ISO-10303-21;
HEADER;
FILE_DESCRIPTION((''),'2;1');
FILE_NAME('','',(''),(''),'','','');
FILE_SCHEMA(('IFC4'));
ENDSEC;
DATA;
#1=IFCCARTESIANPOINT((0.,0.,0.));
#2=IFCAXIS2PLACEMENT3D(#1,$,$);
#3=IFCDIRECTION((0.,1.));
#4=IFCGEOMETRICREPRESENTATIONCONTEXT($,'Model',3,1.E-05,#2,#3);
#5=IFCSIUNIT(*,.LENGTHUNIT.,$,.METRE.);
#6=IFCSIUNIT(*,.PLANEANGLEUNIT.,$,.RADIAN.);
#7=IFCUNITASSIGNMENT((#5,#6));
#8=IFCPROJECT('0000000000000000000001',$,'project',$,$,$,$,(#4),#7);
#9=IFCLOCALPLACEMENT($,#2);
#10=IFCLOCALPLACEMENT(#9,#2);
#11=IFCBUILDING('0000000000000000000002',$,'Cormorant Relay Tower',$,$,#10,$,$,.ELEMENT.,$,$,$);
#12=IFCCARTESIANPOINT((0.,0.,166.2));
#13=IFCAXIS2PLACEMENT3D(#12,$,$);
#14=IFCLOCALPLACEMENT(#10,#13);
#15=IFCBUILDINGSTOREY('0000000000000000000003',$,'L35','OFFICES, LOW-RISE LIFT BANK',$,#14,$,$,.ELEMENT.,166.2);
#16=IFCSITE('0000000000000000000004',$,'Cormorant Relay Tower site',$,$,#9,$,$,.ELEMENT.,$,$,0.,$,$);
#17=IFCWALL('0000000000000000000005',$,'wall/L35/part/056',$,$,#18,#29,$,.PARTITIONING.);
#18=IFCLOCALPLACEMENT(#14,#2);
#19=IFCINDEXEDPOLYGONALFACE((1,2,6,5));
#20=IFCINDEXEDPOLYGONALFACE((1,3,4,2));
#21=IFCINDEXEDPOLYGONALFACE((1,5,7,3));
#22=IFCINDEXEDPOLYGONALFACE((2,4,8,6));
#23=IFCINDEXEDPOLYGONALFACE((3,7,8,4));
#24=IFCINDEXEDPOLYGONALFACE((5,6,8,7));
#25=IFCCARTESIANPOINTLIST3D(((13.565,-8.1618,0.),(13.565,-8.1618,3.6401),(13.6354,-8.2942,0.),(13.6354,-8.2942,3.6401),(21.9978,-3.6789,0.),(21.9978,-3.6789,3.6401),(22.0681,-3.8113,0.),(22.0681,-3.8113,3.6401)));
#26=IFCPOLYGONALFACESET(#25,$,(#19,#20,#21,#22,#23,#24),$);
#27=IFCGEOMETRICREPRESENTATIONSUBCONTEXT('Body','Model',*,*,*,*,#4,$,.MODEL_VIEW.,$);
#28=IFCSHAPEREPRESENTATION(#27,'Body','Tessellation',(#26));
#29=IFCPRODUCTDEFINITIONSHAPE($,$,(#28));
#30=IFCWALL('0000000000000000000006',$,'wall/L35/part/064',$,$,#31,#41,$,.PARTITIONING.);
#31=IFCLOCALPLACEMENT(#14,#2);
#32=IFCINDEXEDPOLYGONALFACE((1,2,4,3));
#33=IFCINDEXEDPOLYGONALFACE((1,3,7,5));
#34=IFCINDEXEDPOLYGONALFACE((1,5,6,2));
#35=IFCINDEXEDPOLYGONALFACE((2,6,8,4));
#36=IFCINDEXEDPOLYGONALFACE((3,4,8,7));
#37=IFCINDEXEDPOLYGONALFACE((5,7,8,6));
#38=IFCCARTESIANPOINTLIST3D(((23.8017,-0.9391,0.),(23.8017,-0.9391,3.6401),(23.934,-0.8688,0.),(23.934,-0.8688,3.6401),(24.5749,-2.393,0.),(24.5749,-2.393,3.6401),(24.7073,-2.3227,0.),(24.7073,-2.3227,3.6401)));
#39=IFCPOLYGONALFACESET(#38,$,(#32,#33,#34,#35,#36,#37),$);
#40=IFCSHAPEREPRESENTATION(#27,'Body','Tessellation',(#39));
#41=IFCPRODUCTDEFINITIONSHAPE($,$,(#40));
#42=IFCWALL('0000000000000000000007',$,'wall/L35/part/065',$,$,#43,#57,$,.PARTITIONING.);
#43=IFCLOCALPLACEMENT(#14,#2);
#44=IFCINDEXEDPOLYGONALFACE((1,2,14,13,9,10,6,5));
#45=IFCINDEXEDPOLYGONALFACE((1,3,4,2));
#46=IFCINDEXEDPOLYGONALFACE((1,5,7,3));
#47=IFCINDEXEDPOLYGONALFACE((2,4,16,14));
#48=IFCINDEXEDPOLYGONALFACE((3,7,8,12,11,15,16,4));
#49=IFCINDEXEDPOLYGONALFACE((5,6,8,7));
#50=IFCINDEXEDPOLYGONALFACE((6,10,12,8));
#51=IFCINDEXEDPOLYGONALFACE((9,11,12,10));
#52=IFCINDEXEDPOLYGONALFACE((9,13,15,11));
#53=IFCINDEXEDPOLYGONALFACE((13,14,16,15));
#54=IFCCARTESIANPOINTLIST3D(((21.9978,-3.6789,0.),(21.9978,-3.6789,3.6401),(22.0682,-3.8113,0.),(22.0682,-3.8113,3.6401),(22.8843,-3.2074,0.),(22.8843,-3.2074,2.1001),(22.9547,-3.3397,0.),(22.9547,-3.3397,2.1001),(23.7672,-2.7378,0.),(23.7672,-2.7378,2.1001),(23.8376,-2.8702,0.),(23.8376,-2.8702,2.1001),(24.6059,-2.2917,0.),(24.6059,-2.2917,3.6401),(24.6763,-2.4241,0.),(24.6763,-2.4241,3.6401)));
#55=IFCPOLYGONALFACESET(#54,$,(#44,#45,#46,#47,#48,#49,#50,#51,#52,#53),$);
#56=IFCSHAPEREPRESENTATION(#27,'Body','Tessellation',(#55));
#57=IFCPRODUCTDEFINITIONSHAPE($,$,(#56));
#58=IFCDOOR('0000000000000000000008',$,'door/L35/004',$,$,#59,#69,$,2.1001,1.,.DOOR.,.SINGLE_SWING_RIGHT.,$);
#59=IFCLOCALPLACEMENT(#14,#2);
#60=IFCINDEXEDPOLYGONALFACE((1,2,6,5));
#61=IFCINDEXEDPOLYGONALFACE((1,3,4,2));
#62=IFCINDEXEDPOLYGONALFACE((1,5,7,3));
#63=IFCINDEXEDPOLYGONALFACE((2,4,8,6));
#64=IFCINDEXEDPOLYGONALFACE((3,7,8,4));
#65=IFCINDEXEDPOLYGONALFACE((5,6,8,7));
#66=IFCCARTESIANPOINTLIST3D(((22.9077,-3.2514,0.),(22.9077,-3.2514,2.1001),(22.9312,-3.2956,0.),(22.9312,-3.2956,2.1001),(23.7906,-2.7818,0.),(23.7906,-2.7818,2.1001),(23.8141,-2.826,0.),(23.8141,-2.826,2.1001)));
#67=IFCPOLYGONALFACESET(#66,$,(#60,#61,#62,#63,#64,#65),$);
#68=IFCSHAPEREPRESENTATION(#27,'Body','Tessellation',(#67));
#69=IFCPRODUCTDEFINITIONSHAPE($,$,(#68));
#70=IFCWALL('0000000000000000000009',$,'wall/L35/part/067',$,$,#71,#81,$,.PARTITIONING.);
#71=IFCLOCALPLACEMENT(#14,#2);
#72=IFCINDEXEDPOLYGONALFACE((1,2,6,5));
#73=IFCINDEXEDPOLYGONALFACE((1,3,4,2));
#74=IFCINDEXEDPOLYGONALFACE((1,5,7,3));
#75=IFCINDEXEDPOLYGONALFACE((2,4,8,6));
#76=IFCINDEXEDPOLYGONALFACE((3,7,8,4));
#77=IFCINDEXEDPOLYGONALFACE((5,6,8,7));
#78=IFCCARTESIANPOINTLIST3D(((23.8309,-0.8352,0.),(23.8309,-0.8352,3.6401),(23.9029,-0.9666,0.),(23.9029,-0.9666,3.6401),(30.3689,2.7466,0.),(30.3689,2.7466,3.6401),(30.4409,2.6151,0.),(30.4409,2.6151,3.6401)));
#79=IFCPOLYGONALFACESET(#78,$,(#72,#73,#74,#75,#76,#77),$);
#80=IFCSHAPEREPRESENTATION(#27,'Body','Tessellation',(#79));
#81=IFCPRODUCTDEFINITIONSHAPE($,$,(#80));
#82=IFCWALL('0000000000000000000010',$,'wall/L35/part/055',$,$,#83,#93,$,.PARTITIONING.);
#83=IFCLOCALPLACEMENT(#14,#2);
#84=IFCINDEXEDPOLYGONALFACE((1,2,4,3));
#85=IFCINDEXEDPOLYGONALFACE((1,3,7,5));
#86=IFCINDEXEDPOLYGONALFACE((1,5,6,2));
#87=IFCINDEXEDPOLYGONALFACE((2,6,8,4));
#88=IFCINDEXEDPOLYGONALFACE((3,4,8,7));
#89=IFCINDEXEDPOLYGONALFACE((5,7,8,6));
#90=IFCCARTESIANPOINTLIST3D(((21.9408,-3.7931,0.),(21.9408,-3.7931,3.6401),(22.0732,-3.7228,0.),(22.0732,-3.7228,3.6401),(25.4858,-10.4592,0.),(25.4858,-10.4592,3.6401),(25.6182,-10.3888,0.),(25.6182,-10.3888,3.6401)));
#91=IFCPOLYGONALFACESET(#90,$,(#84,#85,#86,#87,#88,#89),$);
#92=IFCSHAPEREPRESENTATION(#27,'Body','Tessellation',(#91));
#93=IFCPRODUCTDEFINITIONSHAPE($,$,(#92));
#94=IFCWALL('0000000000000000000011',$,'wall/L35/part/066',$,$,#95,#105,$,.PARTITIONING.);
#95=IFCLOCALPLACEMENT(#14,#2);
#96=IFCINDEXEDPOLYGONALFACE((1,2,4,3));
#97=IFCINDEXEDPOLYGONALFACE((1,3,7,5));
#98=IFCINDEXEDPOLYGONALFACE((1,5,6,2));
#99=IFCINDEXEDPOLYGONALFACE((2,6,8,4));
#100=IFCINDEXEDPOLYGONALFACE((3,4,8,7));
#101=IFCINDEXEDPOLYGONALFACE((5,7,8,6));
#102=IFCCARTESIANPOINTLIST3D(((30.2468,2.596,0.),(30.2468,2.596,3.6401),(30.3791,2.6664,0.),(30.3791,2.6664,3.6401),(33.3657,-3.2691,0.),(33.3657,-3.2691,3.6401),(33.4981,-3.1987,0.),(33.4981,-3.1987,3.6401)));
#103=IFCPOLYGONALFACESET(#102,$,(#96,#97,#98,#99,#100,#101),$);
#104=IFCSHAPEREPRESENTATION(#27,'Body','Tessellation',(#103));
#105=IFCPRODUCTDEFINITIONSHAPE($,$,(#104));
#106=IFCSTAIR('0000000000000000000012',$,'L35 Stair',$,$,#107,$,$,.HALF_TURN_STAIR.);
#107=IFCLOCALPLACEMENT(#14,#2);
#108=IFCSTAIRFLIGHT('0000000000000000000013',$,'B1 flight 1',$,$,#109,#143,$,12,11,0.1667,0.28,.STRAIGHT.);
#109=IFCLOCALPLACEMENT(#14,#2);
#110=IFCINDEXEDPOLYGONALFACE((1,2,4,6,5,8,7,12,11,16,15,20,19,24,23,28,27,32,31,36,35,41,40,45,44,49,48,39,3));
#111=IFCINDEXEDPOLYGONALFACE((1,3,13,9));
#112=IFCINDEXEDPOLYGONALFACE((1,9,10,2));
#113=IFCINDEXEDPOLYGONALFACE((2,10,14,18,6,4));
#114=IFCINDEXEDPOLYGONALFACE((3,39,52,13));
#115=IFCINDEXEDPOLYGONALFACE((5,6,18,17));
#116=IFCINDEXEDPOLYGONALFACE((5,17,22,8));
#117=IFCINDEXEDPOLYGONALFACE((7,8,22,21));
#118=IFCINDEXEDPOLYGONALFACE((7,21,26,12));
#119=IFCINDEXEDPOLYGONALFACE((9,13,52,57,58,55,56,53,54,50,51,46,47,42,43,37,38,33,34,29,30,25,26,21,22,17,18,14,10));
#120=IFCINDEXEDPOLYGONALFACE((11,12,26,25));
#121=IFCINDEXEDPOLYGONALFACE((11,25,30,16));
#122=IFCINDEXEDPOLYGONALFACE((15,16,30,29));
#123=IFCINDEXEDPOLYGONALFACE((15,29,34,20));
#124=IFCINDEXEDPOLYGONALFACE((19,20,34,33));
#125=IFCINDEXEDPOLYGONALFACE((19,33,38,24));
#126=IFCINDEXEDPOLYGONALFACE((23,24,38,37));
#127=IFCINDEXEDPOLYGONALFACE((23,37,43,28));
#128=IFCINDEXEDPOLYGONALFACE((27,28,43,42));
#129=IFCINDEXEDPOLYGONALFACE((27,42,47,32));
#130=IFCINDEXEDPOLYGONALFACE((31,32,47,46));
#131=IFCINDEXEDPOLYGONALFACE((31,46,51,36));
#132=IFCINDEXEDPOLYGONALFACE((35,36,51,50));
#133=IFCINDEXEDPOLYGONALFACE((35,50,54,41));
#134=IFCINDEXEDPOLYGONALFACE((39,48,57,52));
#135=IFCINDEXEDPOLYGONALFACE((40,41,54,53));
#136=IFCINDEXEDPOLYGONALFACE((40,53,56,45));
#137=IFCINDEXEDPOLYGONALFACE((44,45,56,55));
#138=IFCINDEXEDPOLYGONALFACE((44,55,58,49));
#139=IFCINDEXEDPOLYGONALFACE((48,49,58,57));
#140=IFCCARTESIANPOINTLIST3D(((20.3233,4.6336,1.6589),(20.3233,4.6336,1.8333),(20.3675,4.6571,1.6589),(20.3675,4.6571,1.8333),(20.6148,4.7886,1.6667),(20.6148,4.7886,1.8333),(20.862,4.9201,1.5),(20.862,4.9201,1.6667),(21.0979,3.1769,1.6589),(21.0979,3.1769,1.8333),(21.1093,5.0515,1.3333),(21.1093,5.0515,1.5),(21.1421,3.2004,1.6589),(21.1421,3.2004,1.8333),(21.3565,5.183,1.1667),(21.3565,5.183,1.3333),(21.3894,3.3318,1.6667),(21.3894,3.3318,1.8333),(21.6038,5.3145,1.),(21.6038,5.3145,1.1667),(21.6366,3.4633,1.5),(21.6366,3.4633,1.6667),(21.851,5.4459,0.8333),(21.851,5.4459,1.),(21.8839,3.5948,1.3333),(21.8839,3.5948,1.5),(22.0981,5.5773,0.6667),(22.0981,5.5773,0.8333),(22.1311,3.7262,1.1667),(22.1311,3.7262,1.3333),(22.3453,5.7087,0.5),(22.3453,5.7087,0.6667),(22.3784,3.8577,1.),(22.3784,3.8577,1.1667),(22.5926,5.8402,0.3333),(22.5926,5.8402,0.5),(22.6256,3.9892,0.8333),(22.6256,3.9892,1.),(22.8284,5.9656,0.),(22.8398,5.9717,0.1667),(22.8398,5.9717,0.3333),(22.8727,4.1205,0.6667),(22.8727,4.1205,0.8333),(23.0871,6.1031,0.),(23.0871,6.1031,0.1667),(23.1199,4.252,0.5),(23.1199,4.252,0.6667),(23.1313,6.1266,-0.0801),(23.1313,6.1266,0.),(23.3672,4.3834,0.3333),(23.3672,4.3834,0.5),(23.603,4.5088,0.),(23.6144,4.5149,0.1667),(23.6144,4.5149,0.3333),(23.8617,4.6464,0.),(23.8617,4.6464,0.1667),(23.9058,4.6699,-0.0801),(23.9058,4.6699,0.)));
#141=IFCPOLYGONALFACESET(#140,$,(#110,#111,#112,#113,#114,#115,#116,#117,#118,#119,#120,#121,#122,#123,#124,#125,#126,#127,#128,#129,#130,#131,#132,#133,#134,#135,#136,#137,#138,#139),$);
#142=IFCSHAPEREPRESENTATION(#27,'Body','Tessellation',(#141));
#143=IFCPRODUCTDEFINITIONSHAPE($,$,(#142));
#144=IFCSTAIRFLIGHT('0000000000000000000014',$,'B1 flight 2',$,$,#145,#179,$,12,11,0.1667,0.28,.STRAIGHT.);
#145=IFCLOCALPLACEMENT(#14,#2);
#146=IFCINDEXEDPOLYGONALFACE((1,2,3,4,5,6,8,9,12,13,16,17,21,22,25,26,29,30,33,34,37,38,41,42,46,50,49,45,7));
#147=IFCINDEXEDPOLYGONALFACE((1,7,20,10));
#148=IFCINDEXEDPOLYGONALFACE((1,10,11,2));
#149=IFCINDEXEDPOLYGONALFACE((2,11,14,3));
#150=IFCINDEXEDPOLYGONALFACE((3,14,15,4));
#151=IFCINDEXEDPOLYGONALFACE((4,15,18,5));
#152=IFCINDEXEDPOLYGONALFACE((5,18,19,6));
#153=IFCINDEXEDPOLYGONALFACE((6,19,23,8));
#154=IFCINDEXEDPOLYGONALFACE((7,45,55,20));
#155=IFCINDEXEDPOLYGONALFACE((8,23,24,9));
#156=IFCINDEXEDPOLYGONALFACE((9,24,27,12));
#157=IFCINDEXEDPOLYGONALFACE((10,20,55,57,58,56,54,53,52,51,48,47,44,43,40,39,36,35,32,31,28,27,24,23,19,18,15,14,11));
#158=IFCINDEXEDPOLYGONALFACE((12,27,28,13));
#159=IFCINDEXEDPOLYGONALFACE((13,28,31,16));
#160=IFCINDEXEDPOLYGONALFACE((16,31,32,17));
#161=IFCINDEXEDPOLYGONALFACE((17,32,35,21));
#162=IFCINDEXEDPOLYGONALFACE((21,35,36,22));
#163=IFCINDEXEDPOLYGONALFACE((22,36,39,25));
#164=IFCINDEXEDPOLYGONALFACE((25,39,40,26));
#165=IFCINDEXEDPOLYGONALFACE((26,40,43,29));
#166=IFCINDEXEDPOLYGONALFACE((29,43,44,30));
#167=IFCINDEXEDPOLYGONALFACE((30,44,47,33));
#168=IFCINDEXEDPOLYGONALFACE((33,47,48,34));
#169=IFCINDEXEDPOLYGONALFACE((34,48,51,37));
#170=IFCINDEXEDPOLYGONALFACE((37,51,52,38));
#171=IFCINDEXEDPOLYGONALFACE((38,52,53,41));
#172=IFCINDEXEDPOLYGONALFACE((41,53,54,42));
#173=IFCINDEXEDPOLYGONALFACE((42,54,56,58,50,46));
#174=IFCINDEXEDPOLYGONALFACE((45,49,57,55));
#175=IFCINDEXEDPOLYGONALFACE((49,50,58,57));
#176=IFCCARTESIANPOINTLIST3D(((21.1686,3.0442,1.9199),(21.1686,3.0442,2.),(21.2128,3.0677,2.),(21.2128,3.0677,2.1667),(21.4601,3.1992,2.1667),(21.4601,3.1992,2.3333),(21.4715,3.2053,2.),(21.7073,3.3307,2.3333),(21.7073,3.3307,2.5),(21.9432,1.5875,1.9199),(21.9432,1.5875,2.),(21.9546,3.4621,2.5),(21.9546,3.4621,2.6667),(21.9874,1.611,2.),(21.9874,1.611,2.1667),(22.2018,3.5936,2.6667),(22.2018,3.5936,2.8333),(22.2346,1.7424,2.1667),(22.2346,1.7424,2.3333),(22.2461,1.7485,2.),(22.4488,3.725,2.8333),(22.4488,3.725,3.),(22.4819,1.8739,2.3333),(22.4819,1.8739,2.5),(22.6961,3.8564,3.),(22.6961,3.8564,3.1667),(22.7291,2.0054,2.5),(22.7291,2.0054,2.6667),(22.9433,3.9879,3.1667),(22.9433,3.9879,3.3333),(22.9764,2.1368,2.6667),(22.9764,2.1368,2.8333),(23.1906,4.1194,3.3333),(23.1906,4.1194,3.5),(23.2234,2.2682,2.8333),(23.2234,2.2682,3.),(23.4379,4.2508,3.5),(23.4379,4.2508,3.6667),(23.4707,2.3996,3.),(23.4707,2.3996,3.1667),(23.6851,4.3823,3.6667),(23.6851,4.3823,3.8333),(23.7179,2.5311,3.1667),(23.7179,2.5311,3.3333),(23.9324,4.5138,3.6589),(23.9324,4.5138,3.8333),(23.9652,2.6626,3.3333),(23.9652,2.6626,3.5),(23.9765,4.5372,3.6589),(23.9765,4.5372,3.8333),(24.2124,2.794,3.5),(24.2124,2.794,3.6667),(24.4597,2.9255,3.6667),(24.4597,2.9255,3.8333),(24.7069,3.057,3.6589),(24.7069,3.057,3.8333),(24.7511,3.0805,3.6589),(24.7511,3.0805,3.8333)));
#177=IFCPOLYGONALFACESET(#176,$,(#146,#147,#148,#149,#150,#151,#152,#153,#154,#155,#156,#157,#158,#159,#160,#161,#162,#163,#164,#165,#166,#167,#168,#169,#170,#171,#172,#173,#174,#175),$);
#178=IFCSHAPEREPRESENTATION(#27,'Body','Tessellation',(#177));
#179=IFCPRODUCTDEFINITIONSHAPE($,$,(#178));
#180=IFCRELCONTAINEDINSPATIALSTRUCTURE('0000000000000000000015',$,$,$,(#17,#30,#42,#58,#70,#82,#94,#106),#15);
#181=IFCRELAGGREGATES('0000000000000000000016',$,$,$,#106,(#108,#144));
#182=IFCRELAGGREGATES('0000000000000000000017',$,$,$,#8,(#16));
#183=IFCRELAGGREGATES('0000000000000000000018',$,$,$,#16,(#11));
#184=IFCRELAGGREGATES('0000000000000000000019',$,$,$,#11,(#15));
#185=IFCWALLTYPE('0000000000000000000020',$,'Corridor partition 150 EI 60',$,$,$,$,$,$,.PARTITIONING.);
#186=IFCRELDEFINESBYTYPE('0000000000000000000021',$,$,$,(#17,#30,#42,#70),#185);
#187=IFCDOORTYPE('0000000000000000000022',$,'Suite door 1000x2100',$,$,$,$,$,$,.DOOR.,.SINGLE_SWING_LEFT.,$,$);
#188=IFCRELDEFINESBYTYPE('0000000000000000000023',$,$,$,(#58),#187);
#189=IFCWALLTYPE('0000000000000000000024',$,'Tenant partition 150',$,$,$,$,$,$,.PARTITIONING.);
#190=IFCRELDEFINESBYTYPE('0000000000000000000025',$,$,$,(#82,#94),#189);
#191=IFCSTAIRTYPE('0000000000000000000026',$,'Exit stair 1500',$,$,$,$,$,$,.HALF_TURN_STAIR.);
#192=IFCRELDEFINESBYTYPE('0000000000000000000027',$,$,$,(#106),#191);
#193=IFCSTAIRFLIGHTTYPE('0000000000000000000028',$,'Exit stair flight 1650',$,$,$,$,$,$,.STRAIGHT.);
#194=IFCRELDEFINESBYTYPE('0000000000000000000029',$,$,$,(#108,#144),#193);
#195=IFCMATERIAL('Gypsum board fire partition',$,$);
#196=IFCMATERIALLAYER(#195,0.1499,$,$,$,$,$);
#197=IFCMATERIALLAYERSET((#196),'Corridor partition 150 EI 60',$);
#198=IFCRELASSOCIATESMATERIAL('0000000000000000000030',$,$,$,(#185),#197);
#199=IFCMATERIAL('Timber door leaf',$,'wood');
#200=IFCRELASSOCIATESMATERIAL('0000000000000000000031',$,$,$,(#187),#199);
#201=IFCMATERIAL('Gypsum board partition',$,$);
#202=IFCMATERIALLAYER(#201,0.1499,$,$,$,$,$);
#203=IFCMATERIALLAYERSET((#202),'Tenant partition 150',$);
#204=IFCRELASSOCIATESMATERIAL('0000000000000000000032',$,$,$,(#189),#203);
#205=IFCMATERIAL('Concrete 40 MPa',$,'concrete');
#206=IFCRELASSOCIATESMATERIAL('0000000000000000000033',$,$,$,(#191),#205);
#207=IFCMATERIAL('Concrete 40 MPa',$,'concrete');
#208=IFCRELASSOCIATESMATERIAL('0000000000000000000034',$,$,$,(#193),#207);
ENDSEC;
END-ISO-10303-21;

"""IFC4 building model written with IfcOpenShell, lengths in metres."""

from ifc_helpers import new_model, si_unit, direction, frame, frame_2d, origin, place, context, subcontext, project, spatial, polyline, rectangle, outline, extrude, material, layer, layer_set, type_object, element, fill, aggregate, save


model = new_model("IFC4")

# Units and contexts
model_context = context("Model", 3, precision=1e-05, world=origin(), true_north=direction((0.0, 1.0)))
body_context = subcontext(model_context, "Body", "Model", "MODEL_VIEW")
ifc_project = project(units=[si_unit("LENGTHUNIT", "METRE"), si_unit("PLANEANGLEUNIT", "RADIAN")], contexts=[model_context])

# Site, building, storey
site_placement = place(None, origin())
site = spatial("IfcSite", under=ifc_project, at=site_placement, Name="Cormorant Relay Tower site", CompositionType="ELEMENT", RefElevation=0.0)
building_placement = place(site_placement, origin())
building = spatial("IfcBuilding", under=site, at=building_placement, Name="Cormorant Relay Tower", CompositionType="ELEMENT")
storey_placement = place(building_placement, frame((0.0, 0.0, 166.2)))
storey = spatial("IfcBuildingStorey", under=building, at=storey_placement, Name="L35", Description="OFFICES, LOW-RISE LIFT BANK", CompositionType="ELEMENT", Elevation=166.2)

# Walls
ifc_material_1 = material(Name="Gypsum board fire partition")
ifc_layer_1 = layer(ifc_material_1, 0.1499)
ifc_layer_set_1 = layer_set([ifc_layer_1], Name="Corridor partition 150 EI 60")
wall_type_1 = type_object("IfcWallType", Name="Corridor partition 150 EI 60", PredefinedType="PARTITIONING", material=ifc_layer_set_1)
wall_1_placement = place(storey_placement, frame((22.033, -3.7451, 0.0), z_axis=(0.0, 0.0, 1.0), x_axis=(-0.882988, -0.469396, 0.0)))
element("IfcWall", 1, at=wall_1_placement, inside=storey, type_object=wall_type_1, Name="wall/L35/part/056", PredefinedType="PARTITIONING", context=body_context, shape_type="SweptSolid", body=[
    extrude(rectangle(XDim=9.5503, YDim=0.1499, at=frame_2d((4.7751, 0.0))), origin(), (0.0, 0.0, 1.0), 3.6401),
])
wall_2_placement = place(storey_placement, frame((23.8679, -0.9041, 0.0), z_axis=(0.0, 0.0, 1.0), x_axis=(0.469549, -0.882906, 0.0)))
element("IfcWall", 2, at=wall_2_placement, inside=storey, type_object=wall_type_1, Name="wall/L35/part/064", PredefinedType="PARTITIONING", context=body_context, shape_type="SweptSolid", body=[
    extrude(rectangle(XDim=1.6467, YDim=0.1499, at=frame_2d((0.8232, 0.0))), origin(), (0.0, 0.0, 1.0), 3.6401),
])

# Wall, opening, door
wall_3_placement = place(storey_placement, frame((24.6411, -2.3579, 0.0), z_axis=(0.0, 0.0, 1.0), x_axis=(-0.882888, -0.469584, 0.0)))
wall_3 = element("IfcWall", 3, at=wall_3_placement, inside=storey, type_object=wall_type_1, Name="wall/L35/part/065", PredefinedType="PARTITIONING", context=body_context, shape_type="SweptSolid", body=[
    extrude(rectangle(XDim=2.9541, YDim=0.1499, at=frame_2d((1.4771, 0.0))), origin(), (0.0, 0.0, 1.0), 3.6401),
])
opening_1_placement = place(wall_3_placement, frame((0.95, 0.0, 0.0)))
opening_1 = element("IfcOpeningElement", 4, at=opening_1_placement, cuts=wall_3, PredefinedType="OPENING", context=body_context, shape_type="SweptSolid", body=[
    extrude(rectangle(XDim=1.0, YDim=2.1001, at=frame_2d((0.5, 1.05))), frame((0.0, 0.085, 0.0), z_axis=(0.0, -1.0, 0.0), x_axis=(1.0, 0.0, 0.0)), (0.0, 0.0, 1.0), 0.1699),
])
ifc_material_2 = material(Name="Timber door leaf", Category="wood")
door_type_1 = type_object("IfcDoorType", Name="Suite door 1000x2100", OperationType="SINGLE_SWING_LEFT", PredefinedType="DOOR", material=ifc_material_2)
door_1_placement = place(opening_1_placement, origin())
door_1 = element("IfcDoor", 5, at=door_1_placement, inside=storey, type_object=door_type_1, Name="door/L35/004", OperationType="SINGLE_SWING_RIGHT", OverallHeight=2.1001, OverallWidth=1.0, PredefinedType="DOOR", context=body_context, shape_type="SweptSolid", body=[
    extrude(rectangle(XDim=1.0, YDim=2.1001, at=frame_2d((0.5, 1.05))), frame((0.0, 0.0249, 0.0), z_axis=(0.0, -1.0, 0.0), x_axis=(1.0, 0.0, 0.0)), (0.0, 0.0, 1.0), 0.05),
])
fill(opening_1, door_1)

# Walls
wall_4_placement = place(storey_placement, frame((30.405, 2.6809, 0.0), z_axis=(0.0, 0.0, 1.0), x_axis=(-0.877017, -0.48046, 0.0)))
element("IfcWall", 6, at=wall_4_placement, inside=storey, type_object=wall_type_1, Name="wall/L35/part/067", PredefinedType="PARTITIONING", context=body_context, shape_type="SweptSolid", body=[
    extrude(rectangle(XDim=7.4548, YDim=0.1499, at=frame_2d((3.7275, 0.0))), origin(), (0.0, 0.0, 1.0), 3.6401),
])
ifc_material_3 = material(Name="Gypsum board partition")
ifc_layer_2 = layer(ifc_material_3, 0.1499)
ifc_layer_set_2 = layer_set([ifc_layer_2], Name="Tenant partition 150")
wall_type_2 = type_object("IfcWallType", Name="Tenant partition 150", PredefinedType="PARTITIONING", material=ifc_layer_set_2)
wall_5_placement = place(storey_placement, frame((22.0071, -3.7581, 0.0), z_axis=(0.0, 0.0, 1.0), x_axis=(0.469527, -0.882918, 0.0)))
element("IfcWall", 7, at=wall_5_placement, inside=storey, type_object=wall_type_2, Name="wall/L35/part/055", PredefinedType="PARTITIONING", context=body_context, shape_type="SweptSolid", body=[
    extrude(rectangle(XDim=7.55, YDim=0.1499, at=frame_2d((3.7749, 0.0))), origin(), (0.0, 0.0, 1.0), 3.6401),
])
wall_6_placement = place(storey_placement, frame((30.313, 2.6311, 0.0), z_axis=(0.0, 0.0, 1.0), x_axis=(0.469522, -0.882921, 0.0)))
element("IfcWall", 8, at=wall_6_placement, inside=storey, type_object=wall_type_2, Name="wall/L35/part/066", PredefinedType="PARTITIONING", context=body_context, shape_type="SweptSolid", body=[
    extrude(rectangle(XDim=6.6428, YDim=0.1499, at=frame_2d((3.3213, 0.0))), origin(), (0.0, 0.0, 1.0), 3.6401),
])

# Stair, stair flights
ifc_material_4 = material(Name="Concrete 40 MPa", Category="concrete")
stair_type = type_object("IfcStairType", Name="Exit stair 1500", PredefinedType="HALF_TURN_STAIR", material=ifc_material_4)
stair_placement = place(storey_placement, origin())
stair = element("IfcStair", 9, at=stair_placement, inside=storey, type_object=stair_type, Name="L35 Stair", PredefinedType="HALF_TURN_STAIR")
ifc_material_5 = material(Name="Concrete 40 MPa", Category="concrete")
stair_flight_type = type_object("IfcStairFlightType", Name="Exit stair flight 1650", PredefinedType="STRAIGHT", material=ifc_material_5)
stair_flight_1_placement = place(storey_placement, frame((23.4744, 5.3748, 0.0), z_axis=(0.0, 0.0, 1.0), x_axis=(-0.882948, -0.469472, 0.0)))
stair_flight_1 = element("IfcStairFlight", 10, at=stair_flight_1_placement, type_object=stair_flight_type, Name="B1 flight 1", NumberOfRisers=12, NumberOfTreads=11, PredefinedType="STRAIGHT", RiserHeight=0.1667, TreadLength=0.28, context=body_context, shape_type="SweptSolid", body=[
    extrude(outline(polyline([(-0.05, -0.0801), (-0.05, 0.0), (0.0, 0.0), (0.0, 0.1667), (0.28, 0.1667), (0.28, 0.3333), (0.5601, 0.3333), (0.5601, 0.5), (0.8401, 0.5), (0.8401, 0.6667), (1.1201, 0.6667), (1.1201, 0.8333), (1.3999, 0.8333), (1.3999, 1.0), (1.6799, 1.0), (1.6799, 1.1667), (1.96, 1.1667), (1.96, 1.3333), (2.24, 1.3333), (2.24, 1.5), (2.52, 1.5), (2.52, 1.6667), (2.8, 1.6667), (2.8, 1.8333), (3.0801, 1.8333), (3.1301, 1.8333), (3.1301, 1.6589), (3.0801, 1.6589), (0.293, 0.0), (-0.05, -0.0801)])), frame((0.0, 0.825, 0.0), z_axis=(0.0, -1.0, 0.0), x_axis=(1.0, 0.0, 0.0)), (0.0, 0.0, 1.0), 1.6499),
])
stair_flight_2_placement = place(storey_placement, frame((21.6001, 2.3394, 2.0), z_axis=(0.0, 0.0, 1.0), x_axis=(0.882948, 0.469472, 0.0)))
stair_flight_2 = element("IfcStairFlight", 11, at=stair_flight_2_placement, type_object=stair_flight_type, Name="B1 flight 2", NumberOfRisers=12, NumberOfTreads=11, PredefinedType="STRAIGHT", RiserHeight=0.1667, TreadLength=0.28, context=body_context, shape_type="SweptSolid", body=[
    extrude(outline(polyline([(-0.05, -0.0801), (-0.05, 0.0), (0.0, 0.0), (0.0, 0.1667), (0.28, 0.1667), (0.28, 0.3333), (0.5601, 0.3333), (0.5601, 0.5), (0.8401, 0.5), (0.8401, 0.6667), (1.1201, 0.6667), (1.1201, 0.8333), (1.3999, 0.8333), (1.3999, 1.0), (1.6799, 1.0), (1.6799, 1.1667), (1.96, 1.1667), (1.96, 1.3333), (2.24, 1.3333), (2.24, 1.5), (2.52, 1.5), (2.52, 1.6667), (2.8, 1.6667), (2.8, 1.8333), (3.0801, 1.8333), (3.1301, 1.8333), (3.1301, 1.6589), (3.0801, 1.6589), (0.293, 0.0), (-0.05, -0.0801)])), frame((0.0, 0.825, 0.0), z_axis=(0.0, -1.0, 0.0), x_axis=(1.0, 0.0, 0.0)), (0.0, 0.0, 1.0), 1.6499),
])
aggregate(stair, [stair_flight_1, stair_flight_2])

save(model, "model.ifc")
